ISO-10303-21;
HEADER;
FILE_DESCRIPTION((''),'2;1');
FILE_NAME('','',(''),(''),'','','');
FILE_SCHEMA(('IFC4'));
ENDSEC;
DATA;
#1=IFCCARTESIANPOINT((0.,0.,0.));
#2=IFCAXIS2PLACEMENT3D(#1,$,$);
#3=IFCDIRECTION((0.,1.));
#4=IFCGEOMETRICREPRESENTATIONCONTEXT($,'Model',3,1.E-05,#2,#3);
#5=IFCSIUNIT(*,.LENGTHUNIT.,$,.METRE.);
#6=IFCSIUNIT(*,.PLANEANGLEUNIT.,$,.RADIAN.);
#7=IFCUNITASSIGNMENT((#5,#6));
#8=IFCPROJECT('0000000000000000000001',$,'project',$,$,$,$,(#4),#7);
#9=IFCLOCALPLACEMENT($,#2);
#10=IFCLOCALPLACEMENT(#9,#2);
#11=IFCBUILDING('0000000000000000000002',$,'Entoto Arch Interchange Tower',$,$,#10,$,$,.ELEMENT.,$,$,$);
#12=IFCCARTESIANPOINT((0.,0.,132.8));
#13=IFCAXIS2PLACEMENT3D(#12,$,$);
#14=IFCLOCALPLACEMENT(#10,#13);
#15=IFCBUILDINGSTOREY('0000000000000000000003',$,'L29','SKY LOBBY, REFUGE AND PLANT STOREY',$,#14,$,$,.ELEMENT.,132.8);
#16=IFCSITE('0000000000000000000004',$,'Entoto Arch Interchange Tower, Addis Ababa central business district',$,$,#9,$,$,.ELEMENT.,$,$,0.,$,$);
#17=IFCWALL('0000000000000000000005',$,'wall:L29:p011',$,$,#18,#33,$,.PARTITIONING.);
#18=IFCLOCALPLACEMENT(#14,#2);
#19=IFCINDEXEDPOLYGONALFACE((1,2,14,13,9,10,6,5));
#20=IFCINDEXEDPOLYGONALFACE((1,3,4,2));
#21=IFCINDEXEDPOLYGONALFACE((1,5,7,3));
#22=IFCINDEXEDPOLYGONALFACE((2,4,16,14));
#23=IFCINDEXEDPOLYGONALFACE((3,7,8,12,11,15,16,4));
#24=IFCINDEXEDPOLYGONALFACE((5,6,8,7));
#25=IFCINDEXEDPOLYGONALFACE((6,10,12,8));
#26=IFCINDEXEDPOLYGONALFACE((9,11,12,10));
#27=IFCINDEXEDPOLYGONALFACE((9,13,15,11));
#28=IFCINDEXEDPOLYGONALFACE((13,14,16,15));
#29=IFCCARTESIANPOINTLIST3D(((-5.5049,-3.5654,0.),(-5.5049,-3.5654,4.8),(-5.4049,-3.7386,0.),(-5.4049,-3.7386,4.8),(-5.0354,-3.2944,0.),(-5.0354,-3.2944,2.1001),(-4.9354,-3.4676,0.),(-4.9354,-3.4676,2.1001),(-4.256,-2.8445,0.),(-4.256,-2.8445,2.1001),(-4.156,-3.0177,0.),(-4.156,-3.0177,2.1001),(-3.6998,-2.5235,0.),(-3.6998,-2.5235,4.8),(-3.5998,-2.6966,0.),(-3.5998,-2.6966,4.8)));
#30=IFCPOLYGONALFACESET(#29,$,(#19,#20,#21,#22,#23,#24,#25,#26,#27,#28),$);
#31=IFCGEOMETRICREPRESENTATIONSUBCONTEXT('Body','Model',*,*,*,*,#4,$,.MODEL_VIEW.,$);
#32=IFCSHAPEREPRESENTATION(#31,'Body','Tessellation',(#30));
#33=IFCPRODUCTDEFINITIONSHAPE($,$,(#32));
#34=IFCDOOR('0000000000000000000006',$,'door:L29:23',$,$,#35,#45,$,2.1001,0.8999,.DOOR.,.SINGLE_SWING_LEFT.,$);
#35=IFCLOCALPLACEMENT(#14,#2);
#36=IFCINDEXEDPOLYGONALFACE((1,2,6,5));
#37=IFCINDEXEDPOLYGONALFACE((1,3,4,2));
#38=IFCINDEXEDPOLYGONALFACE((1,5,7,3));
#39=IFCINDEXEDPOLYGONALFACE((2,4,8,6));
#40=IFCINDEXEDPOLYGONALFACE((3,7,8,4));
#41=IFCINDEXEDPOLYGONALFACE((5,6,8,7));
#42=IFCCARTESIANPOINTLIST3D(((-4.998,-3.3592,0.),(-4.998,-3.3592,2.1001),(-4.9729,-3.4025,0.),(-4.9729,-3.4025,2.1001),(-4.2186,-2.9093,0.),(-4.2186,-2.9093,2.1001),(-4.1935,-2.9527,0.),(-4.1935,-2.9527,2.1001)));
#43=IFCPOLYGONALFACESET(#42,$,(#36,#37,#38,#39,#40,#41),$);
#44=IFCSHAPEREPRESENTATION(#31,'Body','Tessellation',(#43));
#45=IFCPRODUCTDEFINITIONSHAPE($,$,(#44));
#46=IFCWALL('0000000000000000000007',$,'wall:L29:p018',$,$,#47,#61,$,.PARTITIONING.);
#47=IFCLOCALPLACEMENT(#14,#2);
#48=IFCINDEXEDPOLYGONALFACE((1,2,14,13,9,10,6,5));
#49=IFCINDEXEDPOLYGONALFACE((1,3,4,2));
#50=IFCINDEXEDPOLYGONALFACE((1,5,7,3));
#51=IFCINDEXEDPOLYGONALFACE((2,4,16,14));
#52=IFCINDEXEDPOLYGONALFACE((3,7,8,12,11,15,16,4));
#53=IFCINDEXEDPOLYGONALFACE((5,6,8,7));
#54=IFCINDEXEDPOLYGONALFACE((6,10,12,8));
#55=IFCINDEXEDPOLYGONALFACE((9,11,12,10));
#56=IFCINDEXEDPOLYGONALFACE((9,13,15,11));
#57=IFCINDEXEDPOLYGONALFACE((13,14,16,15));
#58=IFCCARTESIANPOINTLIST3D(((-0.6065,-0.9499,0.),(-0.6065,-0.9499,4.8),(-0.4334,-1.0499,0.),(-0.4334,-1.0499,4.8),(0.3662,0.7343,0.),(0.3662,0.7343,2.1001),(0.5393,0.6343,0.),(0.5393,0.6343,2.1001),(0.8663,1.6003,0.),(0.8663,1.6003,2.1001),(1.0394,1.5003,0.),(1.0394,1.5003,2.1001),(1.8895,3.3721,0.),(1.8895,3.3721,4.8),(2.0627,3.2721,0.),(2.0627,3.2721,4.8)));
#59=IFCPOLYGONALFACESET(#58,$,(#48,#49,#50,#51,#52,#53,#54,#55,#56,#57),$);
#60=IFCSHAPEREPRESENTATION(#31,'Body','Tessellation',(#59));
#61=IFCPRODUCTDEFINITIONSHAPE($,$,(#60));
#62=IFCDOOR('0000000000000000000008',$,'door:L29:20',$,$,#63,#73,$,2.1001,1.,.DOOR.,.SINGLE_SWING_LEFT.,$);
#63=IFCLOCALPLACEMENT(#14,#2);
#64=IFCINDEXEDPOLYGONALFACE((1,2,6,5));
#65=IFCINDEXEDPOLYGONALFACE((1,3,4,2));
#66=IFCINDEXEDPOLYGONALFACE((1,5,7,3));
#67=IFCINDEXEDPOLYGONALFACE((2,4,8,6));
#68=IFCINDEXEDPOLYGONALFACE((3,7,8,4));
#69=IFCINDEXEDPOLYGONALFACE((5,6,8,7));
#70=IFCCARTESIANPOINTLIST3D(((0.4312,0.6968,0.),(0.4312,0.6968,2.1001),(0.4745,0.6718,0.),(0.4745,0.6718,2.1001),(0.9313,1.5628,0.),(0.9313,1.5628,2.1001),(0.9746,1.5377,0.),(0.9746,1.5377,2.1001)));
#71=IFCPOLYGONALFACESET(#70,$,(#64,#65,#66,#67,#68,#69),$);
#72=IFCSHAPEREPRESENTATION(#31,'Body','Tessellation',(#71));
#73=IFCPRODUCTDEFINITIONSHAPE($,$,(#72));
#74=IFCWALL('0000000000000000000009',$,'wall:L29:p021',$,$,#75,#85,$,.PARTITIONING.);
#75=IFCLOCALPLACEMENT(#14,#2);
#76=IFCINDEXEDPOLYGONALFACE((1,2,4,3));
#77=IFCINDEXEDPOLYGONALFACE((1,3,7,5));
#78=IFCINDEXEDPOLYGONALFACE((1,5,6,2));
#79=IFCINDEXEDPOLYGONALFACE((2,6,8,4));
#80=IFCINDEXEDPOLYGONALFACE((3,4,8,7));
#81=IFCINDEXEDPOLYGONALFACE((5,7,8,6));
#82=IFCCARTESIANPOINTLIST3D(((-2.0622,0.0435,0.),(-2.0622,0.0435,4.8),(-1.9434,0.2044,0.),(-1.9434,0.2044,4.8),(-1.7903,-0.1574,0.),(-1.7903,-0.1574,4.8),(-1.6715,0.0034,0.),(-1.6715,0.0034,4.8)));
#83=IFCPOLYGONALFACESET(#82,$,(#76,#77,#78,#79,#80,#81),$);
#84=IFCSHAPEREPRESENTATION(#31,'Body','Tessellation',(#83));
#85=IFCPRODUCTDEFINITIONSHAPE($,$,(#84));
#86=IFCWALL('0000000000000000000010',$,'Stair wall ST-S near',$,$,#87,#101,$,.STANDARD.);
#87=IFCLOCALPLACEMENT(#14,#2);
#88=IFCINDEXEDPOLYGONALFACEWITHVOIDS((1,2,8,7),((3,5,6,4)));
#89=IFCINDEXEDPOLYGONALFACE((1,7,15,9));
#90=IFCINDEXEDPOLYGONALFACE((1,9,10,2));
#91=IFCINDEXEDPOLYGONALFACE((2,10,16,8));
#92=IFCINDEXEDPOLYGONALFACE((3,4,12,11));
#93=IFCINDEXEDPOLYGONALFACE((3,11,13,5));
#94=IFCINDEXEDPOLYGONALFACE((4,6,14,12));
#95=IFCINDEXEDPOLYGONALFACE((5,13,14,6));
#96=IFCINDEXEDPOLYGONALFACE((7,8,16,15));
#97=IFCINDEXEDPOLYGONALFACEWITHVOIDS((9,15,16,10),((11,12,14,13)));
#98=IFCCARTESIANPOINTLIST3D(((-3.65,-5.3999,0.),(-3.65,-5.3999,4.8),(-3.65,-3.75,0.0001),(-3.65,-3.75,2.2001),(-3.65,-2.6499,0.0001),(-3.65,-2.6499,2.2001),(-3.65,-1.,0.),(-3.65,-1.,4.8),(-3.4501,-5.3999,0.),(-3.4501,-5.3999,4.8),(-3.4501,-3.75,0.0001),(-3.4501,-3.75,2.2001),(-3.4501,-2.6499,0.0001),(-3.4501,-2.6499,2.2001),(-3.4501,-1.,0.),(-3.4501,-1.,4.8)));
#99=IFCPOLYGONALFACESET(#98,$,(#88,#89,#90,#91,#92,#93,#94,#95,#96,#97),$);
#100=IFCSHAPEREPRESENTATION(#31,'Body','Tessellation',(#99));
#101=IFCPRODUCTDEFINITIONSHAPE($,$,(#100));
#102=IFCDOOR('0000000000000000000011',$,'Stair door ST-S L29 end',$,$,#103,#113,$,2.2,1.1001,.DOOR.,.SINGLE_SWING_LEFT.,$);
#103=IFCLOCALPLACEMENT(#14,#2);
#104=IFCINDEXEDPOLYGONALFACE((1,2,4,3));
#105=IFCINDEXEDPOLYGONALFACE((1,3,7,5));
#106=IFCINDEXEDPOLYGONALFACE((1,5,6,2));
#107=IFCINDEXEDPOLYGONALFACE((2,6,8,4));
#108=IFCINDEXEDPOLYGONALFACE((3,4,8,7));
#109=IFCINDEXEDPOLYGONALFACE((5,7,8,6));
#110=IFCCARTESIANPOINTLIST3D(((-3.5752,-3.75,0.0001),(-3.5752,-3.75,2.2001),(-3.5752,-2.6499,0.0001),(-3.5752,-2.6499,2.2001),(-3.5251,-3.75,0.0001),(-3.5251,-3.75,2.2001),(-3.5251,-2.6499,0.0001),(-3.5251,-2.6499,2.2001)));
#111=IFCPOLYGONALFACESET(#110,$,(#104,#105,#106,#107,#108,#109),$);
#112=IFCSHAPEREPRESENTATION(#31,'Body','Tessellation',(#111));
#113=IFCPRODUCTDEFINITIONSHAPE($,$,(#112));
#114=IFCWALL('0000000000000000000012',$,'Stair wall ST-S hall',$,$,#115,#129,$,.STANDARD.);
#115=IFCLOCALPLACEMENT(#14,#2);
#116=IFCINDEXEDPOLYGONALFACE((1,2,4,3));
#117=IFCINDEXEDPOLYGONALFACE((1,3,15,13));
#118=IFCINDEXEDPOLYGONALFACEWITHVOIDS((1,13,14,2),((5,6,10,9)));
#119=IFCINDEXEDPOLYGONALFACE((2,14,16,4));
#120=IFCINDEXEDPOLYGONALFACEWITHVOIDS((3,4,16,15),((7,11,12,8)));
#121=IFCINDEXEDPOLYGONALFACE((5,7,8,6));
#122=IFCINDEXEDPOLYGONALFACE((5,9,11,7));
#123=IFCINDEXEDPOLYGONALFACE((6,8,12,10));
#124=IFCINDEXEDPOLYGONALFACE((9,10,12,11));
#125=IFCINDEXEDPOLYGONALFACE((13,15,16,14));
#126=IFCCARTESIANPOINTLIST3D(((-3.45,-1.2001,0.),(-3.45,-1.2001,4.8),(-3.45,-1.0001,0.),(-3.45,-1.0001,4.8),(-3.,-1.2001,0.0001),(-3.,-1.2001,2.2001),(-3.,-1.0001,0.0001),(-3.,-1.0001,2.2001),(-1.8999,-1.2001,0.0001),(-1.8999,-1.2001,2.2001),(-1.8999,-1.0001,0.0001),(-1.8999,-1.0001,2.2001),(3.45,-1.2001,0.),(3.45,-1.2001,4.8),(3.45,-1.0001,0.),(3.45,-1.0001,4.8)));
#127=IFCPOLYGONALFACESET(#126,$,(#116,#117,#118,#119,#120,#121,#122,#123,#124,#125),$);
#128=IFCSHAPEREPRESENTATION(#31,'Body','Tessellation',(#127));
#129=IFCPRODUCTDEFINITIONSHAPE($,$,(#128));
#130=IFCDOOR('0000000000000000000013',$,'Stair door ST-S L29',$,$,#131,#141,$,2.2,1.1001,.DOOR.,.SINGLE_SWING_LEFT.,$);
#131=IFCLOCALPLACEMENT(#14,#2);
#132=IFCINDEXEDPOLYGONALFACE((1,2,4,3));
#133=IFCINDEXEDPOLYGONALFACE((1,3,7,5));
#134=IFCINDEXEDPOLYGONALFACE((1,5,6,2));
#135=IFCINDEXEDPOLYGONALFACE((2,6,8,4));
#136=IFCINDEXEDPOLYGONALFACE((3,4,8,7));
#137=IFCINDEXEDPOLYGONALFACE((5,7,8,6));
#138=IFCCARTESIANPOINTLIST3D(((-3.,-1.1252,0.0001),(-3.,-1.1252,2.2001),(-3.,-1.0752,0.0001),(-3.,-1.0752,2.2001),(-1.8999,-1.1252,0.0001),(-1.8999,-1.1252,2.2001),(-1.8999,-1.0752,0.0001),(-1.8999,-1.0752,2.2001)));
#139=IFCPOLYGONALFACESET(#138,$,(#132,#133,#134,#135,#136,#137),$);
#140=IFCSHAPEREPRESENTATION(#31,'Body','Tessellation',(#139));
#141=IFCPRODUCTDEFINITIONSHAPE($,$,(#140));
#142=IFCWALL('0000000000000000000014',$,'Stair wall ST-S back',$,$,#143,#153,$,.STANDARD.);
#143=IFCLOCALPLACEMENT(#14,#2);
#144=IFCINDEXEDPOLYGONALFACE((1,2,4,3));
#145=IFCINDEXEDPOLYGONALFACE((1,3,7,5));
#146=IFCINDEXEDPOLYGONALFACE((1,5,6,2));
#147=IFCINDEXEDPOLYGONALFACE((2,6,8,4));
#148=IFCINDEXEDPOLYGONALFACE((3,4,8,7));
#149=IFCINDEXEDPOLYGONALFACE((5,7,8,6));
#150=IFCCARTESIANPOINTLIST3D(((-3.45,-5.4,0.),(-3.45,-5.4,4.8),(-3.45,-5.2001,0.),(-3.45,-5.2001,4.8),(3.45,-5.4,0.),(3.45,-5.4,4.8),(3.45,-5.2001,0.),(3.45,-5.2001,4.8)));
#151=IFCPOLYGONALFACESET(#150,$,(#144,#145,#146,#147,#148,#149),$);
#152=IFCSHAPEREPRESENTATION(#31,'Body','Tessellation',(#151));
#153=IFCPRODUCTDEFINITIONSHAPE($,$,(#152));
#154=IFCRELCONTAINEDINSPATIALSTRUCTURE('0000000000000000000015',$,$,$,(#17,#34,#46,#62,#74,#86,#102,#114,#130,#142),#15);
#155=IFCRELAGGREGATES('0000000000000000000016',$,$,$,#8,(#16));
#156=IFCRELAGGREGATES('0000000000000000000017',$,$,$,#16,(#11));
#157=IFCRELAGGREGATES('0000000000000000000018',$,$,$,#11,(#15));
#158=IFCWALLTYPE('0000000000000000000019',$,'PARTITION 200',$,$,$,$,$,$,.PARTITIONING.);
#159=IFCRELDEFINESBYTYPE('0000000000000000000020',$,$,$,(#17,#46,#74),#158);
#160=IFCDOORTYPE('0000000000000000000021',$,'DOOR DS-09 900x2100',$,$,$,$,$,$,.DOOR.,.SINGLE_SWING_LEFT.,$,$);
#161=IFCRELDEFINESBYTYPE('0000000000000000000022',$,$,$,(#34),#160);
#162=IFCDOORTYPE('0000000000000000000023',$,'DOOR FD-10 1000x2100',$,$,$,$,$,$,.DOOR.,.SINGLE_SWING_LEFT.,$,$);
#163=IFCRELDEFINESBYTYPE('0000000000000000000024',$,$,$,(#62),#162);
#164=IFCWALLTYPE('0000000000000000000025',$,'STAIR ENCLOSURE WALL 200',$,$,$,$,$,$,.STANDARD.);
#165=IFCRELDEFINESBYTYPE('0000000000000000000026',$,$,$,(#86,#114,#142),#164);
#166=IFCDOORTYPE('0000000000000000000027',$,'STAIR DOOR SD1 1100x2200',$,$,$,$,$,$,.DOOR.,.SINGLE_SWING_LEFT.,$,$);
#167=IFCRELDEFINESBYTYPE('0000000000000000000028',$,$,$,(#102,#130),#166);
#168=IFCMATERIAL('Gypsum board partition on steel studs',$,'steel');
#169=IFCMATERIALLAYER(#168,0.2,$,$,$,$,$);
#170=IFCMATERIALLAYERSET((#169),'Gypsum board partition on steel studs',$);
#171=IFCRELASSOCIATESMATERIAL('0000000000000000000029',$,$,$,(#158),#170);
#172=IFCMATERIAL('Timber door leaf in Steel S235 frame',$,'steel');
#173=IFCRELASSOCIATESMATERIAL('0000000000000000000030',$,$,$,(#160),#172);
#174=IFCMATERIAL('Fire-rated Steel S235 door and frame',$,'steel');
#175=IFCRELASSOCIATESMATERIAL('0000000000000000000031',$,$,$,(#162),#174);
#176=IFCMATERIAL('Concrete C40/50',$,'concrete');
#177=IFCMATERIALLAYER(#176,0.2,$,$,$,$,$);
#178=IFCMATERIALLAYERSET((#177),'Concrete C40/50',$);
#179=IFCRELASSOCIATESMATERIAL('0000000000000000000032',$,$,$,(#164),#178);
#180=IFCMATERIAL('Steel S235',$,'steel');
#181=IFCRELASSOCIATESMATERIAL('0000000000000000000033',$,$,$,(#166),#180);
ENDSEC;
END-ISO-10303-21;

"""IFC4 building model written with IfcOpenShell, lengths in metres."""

from ifc_helpers import new_model, si_unit, direction, frame, frame_2d, origin, place, context, subcontext, project, spatial, rectangle, extrude, material, layer, layer_set, type_object, element, fill, save


model = new_model("IFC4")

# Units and contexts
model_context = context("Model", 3, precision=1e-05, world=origin(), true_north=direction((0.0, 1.0)))
body_context = subcontext(model_context, "Body", "Model", "MODEL_VIEW")
ifc_project = project(units=[si_unit("LENGTHUNIT", "METRE"), si_unit("PLANEANGLEUNIT", "RADIAN")], contexts=[model_context])

# Site, building, storey
site_placement = place(None, origin())
site = spatial("IfcSite", under=ifc_project, at=site_placement, Name="Entoto Arch Interchange Tower, Addis Ababa central business district", CompositionType="ELEMENT", RefElevation=0.0)
building_placement = place(site_placement, origin())
building = spatial("IfcBuilding", under=site, at=building_placement, Name="Entoto Arch Interchange Tower", CompositionType="ELEMENT")
storey_placement = place(building_placement, frame((0.0, 0.0, 132.8)))
storey = spatial("IfcBuildingStorey", under=building, at=storey_placement, Name="L29", Description="SKY LOBBY, REFUGE AND PLANT STOREY", CompositionType="ELEMENT", Elevation=132.8)

# Shared definitions
ifc_material_1 = material(Name="Concrete C40/50", Category="concrete")

# Walls, openings, doors
ifc_material_2 = material(Name="Gypsum board partition on steel studs", Category="steel")
ifc_layer_1 = layer(ifc_material_2, 0.2)
ifc_layer_set_1 = layer_set([ifc_layer_1], Name="Gypsum board partition on steel studs")
wall_type_1 = type_object("IfcWallType", Name="PARTITION 200", PredefinedType="PARTITIONING", material=ifc_layer_set_1)
wall_1_placement = place(storey_placement, frame((-3.6499, -2.6101, 0.0), z_axis=(0.0, 0.0, 1.0), x_axis=(-0.866072, -0.499918, 0.0)))
wall_1 = element("IfcWall", 1, at=wall_1_placement, inside=storey, type_object=wall_type_1, Name="wall:L29:p011", PredefinedType="PARTITIONING", context=body_context, shape_type="SweptSolid", body=[
    extrude(rectangle(XDim=2.0842, YDim=0.2, at=frame_2d((1.042, 0.0))), origin(), (0.0, 0.0, 1.0), 4.8),
])
opening_1_placement = place(wall_1_placement, frame((0.6421, 0.0, 0.0)))
opening_1 = element("IfcOpeningElement", 2, at=opening_1_placement, cuts=wall_1, PredefinedType="OPENING", context=body_context, shape_type="SweptSolid", body=[
    extrude(rectangle(XDim=0.8999, YDim=2.1001, at=frame_2d((0.45, 1.05))), frame((0.0, 0.1099, 0.0), z_axis=(0.0, -1.0, 0.0), x_axis=(1.0, 0.0, 0.0)), (0.0, 0.0, 1.0), 0.22),
])
ifc_material_3 = material(Name="Timber door leaf in Steel S235 frame", Category="steel")
door_type_1 = type_object("IfcDoorType", Name="DOOR DS-09 900x2100", OperationType="SINGLE_SWING_LEFT", PredefinedType="DOOR", material=ifc_material_3)
door_1_placement = place(opening_1_placement, origin())
door_1 = element("IfcDoor", 3, at=door_1_placement, inside=storey, type_object=door_type_1, Name="door:L29:23", OperationType="SINGLE_SWING_LEFT", OverallHeight=2.1001, OverallWidth=0.8999, PredefinedType="DOOR", context=body_context, shape_type="SweptSolid", body=[
    extrude(rectangle(XDim=0.8999, YDim=2.1001, at=frame_2d((0.45, 1.05))), frame((0.0, 0.0249, 0.0), z_axis=(0.0, -1.0, 0.0), x_axis=(1.0, 0.0, 0.0)), (0.0, 0.0, 1.0), 0.05),
])
fill(opening_1, door_1)
wall_2_placement = place(storey_placement, frame((-0.52, -1.0, 0.0), z_axis=(0.0, 0.0, 1.0), x_axis=(0.500116, 0.865958, 0.0)))
wall_2 = element("IfcWall", 4, at=wall_2_placement, inside=storey, type_object=wall_type_1, Name="wall:L29:p018", PredefinedType="PARTITIONING", context=body_context, shape_type="SweptSolid", body=[
    extrude(rectangle(XDim=4.991, YDim=0.2, at=frame_2d((2.4956, 0.0))), origin(), (0.0, 0.0, 1.0), 4.8),
])
opening_2_placement = place(wall_2_placement, frame((1.9451, 0.0, 0.0)))
opening_2 = element("IfcOpeningElement", 5, at=opening_2_placement, cuts=wall_2, PredefinedType="OPENING", context=body_context, shape_type="SweptSolid", body=[
    extrude(rectangle(XDim=1.0, YDim=2.1001, at=frame_2d((0.5, 1.05))), frame((0.0, 0.1099, 0.0), z_axis=(0.0, -1.0, 0.0), x_axis=(1.0, 0.0, 0.0)), (0.0, 0.0, 1.0), 0.22),
])
ifc_material_4 = material(Name="Fire-rated Steel S235 door and frame", Category="steel")
door_type_2 = type_object("IfcDoorType", Name="DOOR FD-10 1000x2100", OperationType="SINGLE_SWING_LEFT", PredefinedType="DOOR", material=ifc_material_4)
door_2_placement = place(opening_2_placement, origin())
door_2 = element("IfcDoor", 6, at=door_2_placement, inside=storey, type_object=door_type_2, Name="door:L29:20", OperationType="SINGLE_SWING_LEFT", OverallHeight=2.1001, OverallWidth=1.0, PredefinedType="DOOR", context=body_context, shape_type="SweptSolid", body=[
    extrude(rectangle(XDim=1.0, YDim=2.1001, at=frame_2d((0.5, 1.05))), frame((0.0, 0.0249, 0.0), z_axis=(0.0, -1.0, 0.0), x_axis=(1.0, 0.0, 0.0)), (0.0, 0.0, 1.0), 0.05),
])
fill(opening_2, door_2)

# Wall
wall_3_placement = place(storey_placement, frame((-1.731, -0.0769, 0.0), z_axis=(0.0, 0.0, 1.0), x_axis=(-0.804311, 0.594208, 0.0)))
element("IfcWall", 7, at=wall_3_placement, inside=storey, type_object=wall_type_1, Name="wall:L29:p021", PredefinedType="PARTITIONING", context=body_context, shape_type="SweptSolid", body=[
    extrude(rectangle(XDim=0.3381, YDim=0.2, at=frame_2d((0.1689, 0.0))), origin(), (0.0, 0.0, 1.0), 4.8),
])

# Walls, openings, doors
ifc_layer_2 = layer(ifc_material_1, 0.2)
ifc_layer_set_2 = layer_set([ifc_layer_2], Name="Concrete C40/50")
wall_type_2 = type_object("IfcWallType", Name="STAIR ENCLOSURE WALL 200", PredefinedType="STANDARD", material=ifc_layer_set_2)
wall_4_placement = place(storey_placement, frame((-3.55, -1.0, 0.0), z_axis=(0.0, 0.0, 1.0), x_axis=(0.0, -1.0, 0.0)))
wall_4 = element("IfcWall", 8, at=wall_4_placement, inside=storey, type_object=wall_type_2, Name="Stair wall ST-S near", PredefinedType="STANDARD", context=body_context, shape_type="SweptSolid", body=[
    extrude(rectangle(XDim=4.3999, YDim=0.2, at=frame_2d((2.2, 0.0))), origin(), (0.0, 0.0, 1.0), 4.8),
])
opening_3_placement = place(wall_4_placement, frame((1.6499, 0.0, 0.0)))
opening_3 = element("IfcOpeningElement", 9, at=opening_3_placement, cuts=wall_4, PredefinedType="OPENING", context=body_context, shape_type="SweptSolid", body=[
    extrude(rectangle(XDim=1.1001, YDim=2.2, at=frame_2d((0.55, 1.1001))), frame((0.0, 0.1099, 0.0), z_axis=(0.0, -1.0, 0.0), x_axis=(1.0, 0.0, 0.0)), (0.0, 0.0, 1.0), 0.22),
])
ifc_material_5 = material(Name="Steel S235", Category="steel")
door_type_3 = type_object("IfcDoorType", Name="STAIR DOOR SD1 1100x2200", OperationType="SINGLE_SWING_LEFT", PredefinedType="DOOR", material=ifc_material_5)
door_3_placement = place(opening_3_placement, origin())
door_3 = element("IfcDoor", 10, at=door_3_placement, inside=storey, type_object=door_type_3, Name="Stair door ST-S L29 end", OperationType="SINGLE_SWING_LEFT", OverallHeight=2.2, OverallWidth=1.1001, PredefinedType="DOOR", context=body_context, shape_type="SweptSolid", body=[
    extrude(rectangle(XDim=1.1001, YDim=2.2, at=frame_2d((0.55, 1.1001))), frame((0.0, 0.0249, 0.0), z_axis=(0.0, -1.0, 0.0), x_axis=(1.0, 0.0, 0.0)), (0.0, 0.0, 1.0), 0.05),
])
fill(opening_3, door_3)
wall_5_placement = place(storey_placement, frame((-3.45, -1.1001, 0.0), z_axis=(0.0, 0.0, 1.0), x_axis=(1.0, 0.0, 0.0)))
wall_5 = element("IfcWall", 11, at=wall_5_placement, inside=storey, type_object=wall_type_2, Name="Stair wall ST-S hall", PredefinedType="STANDARD", context=body_context, shape_type="SweptSolid", body=[
    extrude(rectangle(XDim=6.8999, YDim=0.2, at=frame_2d((3.45, 0.0))), origin(), (0.0, 0.0, 1.0), 4.8),
])
opening_4_placement = place(wall_5_placement, frame((0.45, 0.0, 0.0)))
opening_4 = element("IfcOpeningElement", 12, at=opening_4_placement, cuts=wall_5, PredefinedType="OPENING", context=body_context, shape_type="SweptSolid", body=[
    extrude(rectangle(XDim=1.1001, YDim=2.2, at=frame_2d((0.55, 1.1001))), frame((0.0, 0.1099, 0.0), z_axis=(0.0, -1.0, 0.0), x_axis=(1.0, 0.0, 0.0)), (0.0, 0.0, 1.0), 0.22),
])
door_4_placement = place(opening_4_placement, origin())
door_4 = element("IfcDoor", 13, at=door_4_placement, inside=storey, type_object=door_type_3, Name="Stair door ST-S L29", OperationType="SINGLE_SWING_LEFT", OverallHeight=2.2, OverallWidth=1.1001, PredefinedType="DOOR", context=body_context, shape_type="SweptSolid", body=[
    extrude(rectangle(XDim=1.1001, YDim=2.2, at=frame_2d((0.55, 1.1001))), frame((0.0, 0.0249, 0.0), z_axis=(0.0, -1.0, 0.0), x_axis=(1.0, 0.0, 0.0)), (0.0, 0.0, 1.0), 0.05),
])
fill(opening_4, door_4)

# Wall
wall_6_placement = place(storey_placement, frame((-3.45, -5.3, 0.0), z_axis=(0.0, 0.0, 1.0), x_axis=(1.0, 0.0, 0.0)))
element("IfcWall", 14, at=wall_6_placement, inside=storey, type_object=wall_type_2, Name="Stair wall ST-S back", PredefinedType="STANDARD", context=body_context, shape_type="SweptSolid", body=[
    extrude(rectangle(XDim=6.8999, YDim=0.2, at=frame_2d((3.45, 0.0))), origin(), (0.0, 0.0, 1.0), 4.8),
])

save(model, "model.ifc")
